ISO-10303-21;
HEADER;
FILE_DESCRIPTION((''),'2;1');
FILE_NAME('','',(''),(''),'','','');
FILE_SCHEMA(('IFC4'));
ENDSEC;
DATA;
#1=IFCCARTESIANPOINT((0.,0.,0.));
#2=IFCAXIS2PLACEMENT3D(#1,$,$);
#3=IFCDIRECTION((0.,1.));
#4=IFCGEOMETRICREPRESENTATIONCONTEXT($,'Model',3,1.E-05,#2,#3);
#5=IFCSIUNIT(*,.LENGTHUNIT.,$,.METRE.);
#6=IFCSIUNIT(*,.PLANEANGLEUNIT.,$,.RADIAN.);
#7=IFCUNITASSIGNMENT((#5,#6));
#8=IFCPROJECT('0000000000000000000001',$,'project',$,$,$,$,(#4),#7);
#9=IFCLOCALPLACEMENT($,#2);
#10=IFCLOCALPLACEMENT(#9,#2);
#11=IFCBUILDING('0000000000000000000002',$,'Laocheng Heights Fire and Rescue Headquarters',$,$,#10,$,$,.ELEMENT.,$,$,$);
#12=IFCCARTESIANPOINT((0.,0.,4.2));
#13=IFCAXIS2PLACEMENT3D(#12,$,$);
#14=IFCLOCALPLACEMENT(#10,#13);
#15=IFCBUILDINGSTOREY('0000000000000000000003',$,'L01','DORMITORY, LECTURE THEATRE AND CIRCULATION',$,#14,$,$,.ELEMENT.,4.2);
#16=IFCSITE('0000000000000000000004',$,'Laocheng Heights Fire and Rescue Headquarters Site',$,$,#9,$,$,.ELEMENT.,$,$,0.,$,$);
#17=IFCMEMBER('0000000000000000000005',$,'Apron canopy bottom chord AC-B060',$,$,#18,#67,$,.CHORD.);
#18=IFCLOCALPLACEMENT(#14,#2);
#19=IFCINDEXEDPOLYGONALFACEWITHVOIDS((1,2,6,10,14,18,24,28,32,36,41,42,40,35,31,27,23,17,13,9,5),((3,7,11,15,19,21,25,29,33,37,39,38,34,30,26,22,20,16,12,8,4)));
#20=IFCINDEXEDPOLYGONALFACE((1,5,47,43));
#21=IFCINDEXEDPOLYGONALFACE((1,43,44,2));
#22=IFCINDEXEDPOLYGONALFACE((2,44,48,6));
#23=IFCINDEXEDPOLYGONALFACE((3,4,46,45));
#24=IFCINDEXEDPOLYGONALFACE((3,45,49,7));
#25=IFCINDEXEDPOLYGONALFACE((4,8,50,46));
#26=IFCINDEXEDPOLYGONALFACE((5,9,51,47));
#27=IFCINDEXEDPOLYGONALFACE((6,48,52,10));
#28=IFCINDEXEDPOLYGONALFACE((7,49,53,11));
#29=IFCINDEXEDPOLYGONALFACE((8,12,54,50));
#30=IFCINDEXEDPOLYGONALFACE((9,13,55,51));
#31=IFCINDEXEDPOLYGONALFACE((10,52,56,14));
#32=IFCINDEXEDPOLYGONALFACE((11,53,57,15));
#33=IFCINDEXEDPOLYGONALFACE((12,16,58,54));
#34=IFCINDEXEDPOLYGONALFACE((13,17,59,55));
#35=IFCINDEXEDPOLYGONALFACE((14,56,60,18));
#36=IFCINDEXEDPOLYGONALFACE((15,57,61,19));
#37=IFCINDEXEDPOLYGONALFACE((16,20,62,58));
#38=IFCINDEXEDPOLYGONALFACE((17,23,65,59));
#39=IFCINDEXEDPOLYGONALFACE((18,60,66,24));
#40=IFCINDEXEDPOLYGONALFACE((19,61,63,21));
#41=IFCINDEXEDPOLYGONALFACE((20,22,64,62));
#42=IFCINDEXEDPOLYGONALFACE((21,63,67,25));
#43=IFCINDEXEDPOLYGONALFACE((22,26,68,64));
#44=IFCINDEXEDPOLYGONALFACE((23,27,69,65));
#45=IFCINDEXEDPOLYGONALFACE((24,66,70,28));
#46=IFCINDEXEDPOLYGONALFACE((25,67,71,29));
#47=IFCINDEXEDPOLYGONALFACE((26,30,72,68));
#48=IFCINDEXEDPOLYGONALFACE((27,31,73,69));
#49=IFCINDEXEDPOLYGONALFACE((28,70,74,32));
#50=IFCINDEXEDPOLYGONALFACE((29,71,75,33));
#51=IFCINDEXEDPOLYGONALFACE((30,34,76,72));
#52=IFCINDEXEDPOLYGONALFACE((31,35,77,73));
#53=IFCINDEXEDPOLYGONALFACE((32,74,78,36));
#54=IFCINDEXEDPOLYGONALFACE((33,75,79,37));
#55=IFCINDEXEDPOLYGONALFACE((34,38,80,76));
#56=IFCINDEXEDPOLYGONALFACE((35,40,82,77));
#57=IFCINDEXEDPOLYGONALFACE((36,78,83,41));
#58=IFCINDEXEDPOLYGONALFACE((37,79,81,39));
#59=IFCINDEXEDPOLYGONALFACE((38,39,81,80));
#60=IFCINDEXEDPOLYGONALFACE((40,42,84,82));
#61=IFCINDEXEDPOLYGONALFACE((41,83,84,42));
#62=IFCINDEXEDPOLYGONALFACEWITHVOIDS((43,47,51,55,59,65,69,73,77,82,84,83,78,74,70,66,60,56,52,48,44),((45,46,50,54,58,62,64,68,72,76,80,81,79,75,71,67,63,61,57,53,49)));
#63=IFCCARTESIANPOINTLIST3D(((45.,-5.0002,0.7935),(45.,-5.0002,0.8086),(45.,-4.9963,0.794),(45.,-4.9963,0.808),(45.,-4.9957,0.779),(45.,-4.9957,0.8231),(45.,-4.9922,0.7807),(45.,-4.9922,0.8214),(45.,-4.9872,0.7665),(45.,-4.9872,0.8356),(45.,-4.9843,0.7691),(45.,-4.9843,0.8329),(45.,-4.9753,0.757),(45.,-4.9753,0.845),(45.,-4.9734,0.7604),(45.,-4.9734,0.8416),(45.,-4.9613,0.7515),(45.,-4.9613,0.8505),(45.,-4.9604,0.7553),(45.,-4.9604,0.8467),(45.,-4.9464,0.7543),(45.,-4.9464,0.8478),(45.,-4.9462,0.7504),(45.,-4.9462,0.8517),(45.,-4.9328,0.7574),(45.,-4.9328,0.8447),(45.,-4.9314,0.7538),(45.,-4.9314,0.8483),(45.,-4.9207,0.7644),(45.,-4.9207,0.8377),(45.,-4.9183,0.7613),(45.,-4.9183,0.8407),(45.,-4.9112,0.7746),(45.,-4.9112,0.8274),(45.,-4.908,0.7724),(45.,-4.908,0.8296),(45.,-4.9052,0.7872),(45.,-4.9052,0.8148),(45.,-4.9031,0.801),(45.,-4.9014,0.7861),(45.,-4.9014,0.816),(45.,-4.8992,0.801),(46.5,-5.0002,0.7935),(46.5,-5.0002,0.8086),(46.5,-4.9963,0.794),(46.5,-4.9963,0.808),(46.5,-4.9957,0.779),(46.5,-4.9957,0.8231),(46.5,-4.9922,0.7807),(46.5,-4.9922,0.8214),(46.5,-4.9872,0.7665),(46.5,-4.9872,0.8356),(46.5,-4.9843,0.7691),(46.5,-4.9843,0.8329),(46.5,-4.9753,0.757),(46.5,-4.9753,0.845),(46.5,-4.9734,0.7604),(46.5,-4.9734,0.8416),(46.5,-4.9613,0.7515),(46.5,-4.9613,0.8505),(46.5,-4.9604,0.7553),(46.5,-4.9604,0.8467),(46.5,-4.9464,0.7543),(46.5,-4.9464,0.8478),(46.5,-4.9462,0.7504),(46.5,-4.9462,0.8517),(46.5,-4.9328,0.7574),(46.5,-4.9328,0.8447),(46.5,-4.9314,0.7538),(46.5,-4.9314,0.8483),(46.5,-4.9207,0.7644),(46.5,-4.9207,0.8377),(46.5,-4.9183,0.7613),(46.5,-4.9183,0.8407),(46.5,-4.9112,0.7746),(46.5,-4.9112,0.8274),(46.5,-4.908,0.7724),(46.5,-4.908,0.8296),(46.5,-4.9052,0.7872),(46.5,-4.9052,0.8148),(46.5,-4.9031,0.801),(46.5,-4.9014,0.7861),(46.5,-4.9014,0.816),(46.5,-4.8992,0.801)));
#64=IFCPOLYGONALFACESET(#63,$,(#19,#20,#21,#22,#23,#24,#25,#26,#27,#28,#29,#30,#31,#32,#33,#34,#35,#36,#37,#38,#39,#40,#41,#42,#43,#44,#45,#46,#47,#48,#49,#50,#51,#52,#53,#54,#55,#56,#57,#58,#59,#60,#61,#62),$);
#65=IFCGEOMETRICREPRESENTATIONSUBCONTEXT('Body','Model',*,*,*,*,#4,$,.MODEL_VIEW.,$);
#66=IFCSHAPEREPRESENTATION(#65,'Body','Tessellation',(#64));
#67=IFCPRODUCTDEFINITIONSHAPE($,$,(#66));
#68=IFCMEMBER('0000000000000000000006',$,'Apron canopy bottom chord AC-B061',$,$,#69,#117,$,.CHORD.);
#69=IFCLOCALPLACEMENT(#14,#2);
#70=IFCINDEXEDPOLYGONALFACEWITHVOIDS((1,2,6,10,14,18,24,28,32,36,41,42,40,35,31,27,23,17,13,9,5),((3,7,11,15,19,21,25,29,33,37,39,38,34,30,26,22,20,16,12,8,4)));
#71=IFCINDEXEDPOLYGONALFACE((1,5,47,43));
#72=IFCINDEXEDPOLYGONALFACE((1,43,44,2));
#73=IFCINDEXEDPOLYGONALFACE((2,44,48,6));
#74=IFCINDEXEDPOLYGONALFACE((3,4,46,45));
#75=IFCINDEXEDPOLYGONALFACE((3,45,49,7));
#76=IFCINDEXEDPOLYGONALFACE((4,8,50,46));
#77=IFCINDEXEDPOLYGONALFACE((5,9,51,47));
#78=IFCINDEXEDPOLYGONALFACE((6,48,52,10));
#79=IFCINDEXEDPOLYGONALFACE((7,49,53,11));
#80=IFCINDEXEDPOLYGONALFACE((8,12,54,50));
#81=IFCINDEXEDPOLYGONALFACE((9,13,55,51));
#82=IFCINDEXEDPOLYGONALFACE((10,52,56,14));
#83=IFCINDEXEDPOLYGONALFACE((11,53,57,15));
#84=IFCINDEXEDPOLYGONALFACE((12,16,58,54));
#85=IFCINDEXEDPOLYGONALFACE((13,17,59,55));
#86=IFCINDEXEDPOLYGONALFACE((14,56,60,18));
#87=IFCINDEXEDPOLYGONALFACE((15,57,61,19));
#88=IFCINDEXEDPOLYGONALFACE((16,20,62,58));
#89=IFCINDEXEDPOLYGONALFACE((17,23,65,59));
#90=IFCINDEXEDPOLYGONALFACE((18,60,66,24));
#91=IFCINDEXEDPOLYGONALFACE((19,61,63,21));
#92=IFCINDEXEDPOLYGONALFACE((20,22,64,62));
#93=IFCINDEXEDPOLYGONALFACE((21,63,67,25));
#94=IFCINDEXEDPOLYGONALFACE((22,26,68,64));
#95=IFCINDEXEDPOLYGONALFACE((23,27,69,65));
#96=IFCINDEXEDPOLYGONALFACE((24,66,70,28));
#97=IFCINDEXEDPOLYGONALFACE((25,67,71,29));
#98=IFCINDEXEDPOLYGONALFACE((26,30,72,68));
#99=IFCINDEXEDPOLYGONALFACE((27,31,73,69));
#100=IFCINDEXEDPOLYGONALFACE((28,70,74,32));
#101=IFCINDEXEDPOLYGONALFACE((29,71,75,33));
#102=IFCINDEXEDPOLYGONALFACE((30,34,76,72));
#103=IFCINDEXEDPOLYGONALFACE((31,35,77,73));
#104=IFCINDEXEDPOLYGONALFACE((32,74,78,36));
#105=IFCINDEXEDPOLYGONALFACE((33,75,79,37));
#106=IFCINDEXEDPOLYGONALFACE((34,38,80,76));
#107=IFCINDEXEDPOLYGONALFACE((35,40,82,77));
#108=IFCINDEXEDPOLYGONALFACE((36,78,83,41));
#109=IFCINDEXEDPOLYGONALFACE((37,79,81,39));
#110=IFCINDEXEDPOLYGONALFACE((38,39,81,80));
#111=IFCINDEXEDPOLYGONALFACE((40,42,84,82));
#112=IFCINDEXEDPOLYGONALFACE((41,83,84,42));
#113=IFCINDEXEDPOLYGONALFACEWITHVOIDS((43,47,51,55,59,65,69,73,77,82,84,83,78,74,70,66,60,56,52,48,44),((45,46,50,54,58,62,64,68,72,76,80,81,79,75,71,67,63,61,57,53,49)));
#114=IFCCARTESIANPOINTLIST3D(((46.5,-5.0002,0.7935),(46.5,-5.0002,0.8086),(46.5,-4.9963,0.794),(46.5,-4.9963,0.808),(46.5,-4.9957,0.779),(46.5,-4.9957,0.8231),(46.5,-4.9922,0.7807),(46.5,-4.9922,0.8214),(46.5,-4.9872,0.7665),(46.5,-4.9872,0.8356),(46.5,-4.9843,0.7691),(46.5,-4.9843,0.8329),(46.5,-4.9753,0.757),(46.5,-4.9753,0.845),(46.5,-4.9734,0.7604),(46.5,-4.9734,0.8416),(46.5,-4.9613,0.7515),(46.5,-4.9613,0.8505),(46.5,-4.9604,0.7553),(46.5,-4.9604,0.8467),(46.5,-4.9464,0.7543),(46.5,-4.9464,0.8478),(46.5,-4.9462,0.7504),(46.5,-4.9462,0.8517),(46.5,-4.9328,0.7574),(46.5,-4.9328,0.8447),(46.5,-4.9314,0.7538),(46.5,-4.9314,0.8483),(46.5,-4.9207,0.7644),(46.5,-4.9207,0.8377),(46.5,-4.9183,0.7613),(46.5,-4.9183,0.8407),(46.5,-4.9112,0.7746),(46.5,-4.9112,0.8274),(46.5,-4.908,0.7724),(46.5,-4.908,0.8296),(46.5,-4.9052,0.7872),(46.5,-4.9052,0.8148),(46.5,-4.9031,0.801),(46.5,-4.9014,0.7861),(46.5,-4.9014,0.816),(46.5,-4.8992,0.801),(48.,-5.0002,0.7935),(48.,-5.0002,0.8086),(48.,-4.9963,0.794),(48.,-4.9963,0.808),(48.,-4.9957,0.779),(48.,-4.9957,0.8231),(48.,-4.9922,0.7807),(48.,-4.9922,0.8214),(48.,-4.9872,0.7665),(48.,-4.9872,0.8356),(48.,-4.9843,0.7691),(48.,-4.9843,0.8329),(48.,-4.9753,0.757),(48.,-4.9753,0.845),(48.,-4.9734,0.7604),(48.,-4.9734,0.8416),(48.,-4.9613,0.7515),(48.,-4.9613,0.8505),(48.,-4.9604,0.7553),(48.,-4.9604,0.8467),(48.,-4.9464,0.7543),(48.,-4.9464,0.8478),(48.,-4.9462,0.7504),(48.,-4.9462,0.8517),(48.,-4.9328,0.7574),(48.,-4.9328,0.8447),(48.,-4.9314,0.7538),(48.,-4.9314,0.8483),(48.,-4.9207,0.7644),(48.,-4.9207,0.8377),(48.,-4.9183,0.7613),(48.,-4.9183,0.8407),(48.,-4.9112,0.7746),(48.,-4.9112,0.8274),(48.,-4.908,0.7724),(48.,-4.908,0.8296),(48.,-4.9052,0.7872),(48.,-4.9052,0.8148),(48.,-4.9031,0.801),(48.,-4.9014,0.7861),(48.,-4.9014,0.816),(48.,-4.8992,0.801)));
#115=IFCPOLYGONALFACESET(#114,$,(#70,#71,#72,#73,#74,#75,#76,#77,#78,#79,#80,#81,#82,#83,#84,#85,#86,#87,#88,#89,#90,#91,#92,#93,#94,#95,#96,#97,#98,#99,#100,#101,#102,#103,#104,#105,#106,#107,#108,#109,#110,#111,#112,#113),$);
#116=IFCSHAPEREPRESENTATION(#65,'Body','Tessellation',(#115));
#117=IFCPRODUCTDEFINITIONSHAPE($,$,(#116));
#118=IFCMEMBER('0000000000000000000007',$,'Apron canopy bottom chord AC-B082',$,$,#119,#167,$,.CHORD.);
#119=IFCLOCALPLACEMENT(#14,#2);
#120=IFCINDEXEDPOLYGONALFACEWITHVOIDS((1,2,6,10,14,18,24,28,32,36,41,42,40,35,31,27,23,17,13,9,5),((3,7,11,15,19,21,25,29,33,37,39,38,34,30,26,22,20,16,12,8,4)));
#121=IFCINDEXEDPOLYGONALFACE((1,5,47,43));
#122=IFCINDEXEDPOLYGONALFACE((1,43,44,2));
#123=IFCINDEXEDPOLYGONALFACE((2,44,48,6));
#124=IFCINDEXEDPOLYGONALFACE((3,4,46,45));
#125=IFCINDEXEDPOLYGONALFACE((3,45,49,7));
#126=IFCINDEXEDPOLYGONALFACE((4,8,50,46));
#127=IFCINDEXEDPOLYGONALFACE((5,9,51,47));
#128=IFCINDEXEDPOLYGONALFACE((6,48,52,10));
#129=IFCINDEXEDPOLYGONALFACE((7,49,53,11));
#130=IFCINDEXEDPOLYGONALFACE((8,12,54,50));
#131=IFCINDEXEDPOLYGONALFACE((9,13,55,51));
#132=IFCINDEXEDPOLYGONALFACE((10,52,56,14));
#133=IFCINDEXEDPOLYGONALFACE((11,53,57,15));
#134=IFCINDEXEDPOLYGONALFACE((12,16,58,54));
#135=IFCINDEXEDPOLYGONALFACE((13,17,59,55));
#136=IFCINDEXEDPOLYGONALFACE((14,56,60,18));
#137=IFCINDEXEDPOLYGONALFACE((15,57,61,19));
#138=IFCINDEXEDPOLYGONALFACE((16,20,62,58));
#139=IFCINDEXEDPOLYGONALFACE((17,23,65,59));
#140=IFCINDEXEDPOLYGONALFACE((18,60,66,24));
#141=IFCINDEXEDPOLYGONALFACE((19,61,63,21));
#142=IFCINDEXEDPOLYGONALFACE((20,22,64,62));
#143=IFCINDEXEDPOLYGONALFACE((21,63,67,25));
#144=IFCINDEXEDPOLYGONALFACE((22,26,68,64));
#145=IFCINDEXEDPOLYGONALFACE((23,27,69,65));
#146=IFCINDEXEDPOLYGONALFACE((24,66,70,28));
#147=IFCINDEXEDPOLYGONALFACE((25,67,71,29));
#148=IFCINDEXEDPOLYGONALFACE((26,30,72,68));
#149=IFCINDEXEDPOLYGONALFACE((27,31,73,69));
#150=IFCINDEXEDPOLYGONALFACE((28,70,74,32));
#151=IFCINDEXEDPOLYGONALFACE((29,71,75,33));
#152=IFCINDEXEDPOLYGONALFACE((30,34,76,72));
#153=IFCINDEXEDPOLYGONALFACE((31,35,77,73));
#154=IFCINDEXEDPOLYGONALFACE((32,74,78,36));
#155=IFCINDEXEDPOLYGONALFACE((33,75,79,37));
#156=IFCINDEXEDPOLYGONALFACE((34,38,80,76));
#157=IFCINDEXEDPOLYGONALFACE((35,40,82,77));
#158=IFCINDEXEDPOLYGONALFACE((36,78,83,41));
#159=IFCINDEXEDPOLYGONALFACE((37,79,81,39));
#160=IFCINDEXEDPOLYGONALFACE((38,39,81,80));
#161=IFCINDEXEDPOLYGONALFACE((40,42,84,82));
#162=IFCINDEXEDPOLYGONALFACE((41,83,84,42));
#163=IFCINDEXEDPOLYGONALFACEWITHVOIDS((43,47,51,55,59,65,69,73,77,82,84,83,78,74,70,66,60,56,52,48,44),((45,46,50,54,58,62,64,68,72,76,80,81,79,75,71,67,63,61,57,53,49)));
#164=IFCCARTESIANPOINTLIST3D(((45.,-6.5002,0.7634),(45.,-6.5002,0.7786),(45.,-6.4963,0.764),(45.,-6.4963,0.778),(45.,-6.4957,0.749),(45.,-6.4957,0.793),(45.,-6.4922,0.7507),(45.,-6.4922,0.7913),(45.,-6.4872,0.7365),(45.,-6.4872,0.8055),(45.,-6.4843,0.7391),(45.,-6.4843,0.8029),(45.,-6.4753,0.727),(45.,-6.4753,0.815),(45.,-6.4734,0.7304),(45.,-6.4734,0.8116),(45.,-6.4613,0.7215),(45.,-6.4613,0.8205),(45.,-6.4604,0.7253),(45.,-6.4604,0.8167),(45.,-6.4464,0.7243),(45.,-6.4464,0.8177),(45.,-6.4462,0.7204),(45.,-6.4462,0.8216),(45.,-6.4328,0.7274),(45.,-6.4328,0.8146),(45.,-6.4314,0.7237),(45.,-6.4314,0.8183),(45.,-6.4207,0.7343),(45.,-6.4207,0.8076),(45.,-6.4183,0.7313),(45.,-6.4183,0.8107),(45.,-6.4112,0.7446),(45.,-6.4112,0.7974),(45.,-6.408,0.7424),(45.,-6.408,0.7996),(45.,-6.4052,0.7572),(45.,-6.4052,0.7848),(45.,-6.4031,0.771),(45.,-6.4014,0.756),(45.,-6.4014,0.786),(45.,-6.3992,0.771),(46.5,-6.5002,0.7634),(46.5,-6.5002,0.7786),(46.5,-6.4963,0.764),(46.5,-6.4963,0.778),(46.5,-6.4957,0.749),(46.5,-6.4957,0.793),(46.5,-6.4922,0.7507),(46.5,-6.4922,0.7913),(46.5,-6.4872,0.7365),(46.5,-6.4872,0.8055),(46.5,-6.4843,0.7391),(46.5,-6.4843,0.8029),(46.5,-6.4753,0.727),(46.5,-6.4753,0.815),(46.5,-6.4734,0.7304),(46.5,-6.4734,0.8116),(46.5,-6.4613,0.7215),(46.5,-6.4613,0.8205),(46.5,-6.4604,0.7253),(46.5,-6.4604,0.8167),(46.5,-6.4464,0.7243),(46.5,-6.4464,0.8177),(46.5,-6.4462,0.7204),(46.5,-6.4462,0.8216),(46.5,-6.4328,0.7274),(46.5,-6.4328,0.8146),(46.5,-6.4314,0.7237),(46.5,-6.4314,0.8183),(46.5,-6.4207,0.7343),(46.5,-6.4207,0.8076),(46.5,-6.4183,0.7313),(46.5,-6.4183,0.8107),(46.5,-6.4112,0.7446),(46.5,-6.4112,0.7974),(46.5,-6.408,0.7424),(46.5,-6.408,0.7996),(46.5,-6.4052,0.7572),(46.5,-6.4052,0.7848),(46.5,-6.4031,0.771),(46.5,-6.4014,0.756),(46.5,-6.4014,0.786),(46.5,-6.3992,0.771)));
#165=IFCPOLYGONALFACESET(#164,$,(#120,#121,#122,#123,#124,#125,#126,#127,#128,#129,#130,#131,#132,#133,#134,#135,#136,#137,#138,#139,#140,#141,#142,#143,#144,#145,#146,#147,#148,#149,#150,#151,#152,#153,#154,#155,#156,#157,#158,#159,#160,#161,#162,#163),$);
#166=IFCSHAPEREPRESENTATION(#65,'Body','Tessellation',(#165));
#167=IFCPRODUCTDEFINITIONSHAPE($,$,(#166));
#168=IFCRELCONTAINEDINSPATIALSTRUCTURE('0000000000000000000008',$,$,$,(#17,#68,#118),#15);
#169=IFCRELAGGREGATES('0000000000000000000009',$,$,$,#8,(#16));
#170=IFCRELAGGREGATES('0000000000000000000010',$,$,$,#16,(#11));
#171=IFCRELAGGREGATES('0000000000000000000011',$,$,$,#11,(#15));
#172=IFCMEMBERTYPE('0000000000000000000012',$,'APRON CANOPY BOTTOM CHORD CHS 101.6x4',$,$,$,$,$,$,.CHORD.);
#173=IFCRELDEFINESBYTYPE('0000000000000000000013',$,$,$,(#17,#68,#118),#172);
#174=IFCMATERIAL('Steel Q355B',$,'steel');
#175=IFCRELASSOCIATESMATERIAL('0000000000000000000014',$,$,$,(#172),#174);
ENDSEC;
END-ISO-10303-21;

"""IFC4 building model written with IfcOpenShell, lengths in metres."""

from ifc_helpers import new_model, si_unit, direction, frame, origin, origin_2d, place, context, subcontext, project, spatial, hollow_circle, extrude, material, material_profile, profile_set, type_object, element, save


model = new_model("IFC4")

# Units and contexts
model_context = context("Model", 3, precision=1e-05, world=origin(), true_north=direction((0.0, 1.0)))
body_context = subcontext(model_context, "Body", "Model", "MODEL_VIEW")
ifc_project = project(units=[si_unit("LENGTHUNIT", "METRE"), si_unit("PLANEANGLEUNIT", "RADIAN")], contexts=[model_context])

# Site, building, storey
site_placement = place(None, origin())
site = spatial("IfcSite", under=ifc_project, at=site_placement, Name="Laocheng Heights Fire and Rescue Headquarters Site", CompositionType="ELEMENT", RefElevation=0.0)
building_placement = place(site_placement, origin())
building = spatial("IfcBuilding", under=site, at=building_placement, Name="Laocheng Heights Fire and Rescue Headquarters", CompositionType="ELEMENT")
storey_placement = place(building_placement, frame((0.0, 0.0, 4.2)))
storey = spatial("IfcBuildingStorey", under=building, at=storey_placement, Name="L01", Description="DORMITORY, LECTURE THEATRE AND CIRCULATION", CompositionType="ELEMENT", Elevation=4.2)

# Members
ifc_material_1 = material(Name="Steel Q355B", Category="steel")
ifc_material_profile_1 = material_profile(ifc_material_1, hollow_circle(Radius=0.0508, WallThickness=0.0039, at=origin_2d()), Name="CHS 101.6x4")
ifc_profile_set_1 = profile_set([ifc_material_profile_1], Name="Steel Q355B")
member_type_1 = type_object("IfcMemberType", Name="APRON CANOPY BOTTOM CHORD CHS 101.6x4", PredefinedType="CHORD", material=ifc_profile_set_1)
for number, where, z_axis, x_axis, name in (
    (1, (45.0, -4.95, 0.801), (1.0, 0.0, 0.0), (0.0, 1.0, 0.0), "Apron canopy bottom chord AC-B060"),
    (2, (46.5, -4.95, 0.801), (1.0, 0.0, 0.0), (0.0, 1.0, 0.0), "Apron canopy bottom chord AC-B061"),
    (3, (45.0, -6.45, 0.771), (1.0, 0.0, 0.0), (0.0, 1.0, 0.0), "Apron canopy bottom chord AC-B082"),
):
    element("IfcMember", number, at=place(storey_placement, frame(where, z_axis=z_axis, x_axis=x_axis)), inside=storey, type_object=member_type_1, Name=name, PredefinedType="CHORD", context=body_context, shape_type="SweptSolid", body=[
        extrude(hollow_circle(Radius=0.0508, WallThickness=0.0039, at=origin_2d()), origin(), (0.0, 0.0, 1.0), 1.5),
    ])

save(model, "model.ifc")
